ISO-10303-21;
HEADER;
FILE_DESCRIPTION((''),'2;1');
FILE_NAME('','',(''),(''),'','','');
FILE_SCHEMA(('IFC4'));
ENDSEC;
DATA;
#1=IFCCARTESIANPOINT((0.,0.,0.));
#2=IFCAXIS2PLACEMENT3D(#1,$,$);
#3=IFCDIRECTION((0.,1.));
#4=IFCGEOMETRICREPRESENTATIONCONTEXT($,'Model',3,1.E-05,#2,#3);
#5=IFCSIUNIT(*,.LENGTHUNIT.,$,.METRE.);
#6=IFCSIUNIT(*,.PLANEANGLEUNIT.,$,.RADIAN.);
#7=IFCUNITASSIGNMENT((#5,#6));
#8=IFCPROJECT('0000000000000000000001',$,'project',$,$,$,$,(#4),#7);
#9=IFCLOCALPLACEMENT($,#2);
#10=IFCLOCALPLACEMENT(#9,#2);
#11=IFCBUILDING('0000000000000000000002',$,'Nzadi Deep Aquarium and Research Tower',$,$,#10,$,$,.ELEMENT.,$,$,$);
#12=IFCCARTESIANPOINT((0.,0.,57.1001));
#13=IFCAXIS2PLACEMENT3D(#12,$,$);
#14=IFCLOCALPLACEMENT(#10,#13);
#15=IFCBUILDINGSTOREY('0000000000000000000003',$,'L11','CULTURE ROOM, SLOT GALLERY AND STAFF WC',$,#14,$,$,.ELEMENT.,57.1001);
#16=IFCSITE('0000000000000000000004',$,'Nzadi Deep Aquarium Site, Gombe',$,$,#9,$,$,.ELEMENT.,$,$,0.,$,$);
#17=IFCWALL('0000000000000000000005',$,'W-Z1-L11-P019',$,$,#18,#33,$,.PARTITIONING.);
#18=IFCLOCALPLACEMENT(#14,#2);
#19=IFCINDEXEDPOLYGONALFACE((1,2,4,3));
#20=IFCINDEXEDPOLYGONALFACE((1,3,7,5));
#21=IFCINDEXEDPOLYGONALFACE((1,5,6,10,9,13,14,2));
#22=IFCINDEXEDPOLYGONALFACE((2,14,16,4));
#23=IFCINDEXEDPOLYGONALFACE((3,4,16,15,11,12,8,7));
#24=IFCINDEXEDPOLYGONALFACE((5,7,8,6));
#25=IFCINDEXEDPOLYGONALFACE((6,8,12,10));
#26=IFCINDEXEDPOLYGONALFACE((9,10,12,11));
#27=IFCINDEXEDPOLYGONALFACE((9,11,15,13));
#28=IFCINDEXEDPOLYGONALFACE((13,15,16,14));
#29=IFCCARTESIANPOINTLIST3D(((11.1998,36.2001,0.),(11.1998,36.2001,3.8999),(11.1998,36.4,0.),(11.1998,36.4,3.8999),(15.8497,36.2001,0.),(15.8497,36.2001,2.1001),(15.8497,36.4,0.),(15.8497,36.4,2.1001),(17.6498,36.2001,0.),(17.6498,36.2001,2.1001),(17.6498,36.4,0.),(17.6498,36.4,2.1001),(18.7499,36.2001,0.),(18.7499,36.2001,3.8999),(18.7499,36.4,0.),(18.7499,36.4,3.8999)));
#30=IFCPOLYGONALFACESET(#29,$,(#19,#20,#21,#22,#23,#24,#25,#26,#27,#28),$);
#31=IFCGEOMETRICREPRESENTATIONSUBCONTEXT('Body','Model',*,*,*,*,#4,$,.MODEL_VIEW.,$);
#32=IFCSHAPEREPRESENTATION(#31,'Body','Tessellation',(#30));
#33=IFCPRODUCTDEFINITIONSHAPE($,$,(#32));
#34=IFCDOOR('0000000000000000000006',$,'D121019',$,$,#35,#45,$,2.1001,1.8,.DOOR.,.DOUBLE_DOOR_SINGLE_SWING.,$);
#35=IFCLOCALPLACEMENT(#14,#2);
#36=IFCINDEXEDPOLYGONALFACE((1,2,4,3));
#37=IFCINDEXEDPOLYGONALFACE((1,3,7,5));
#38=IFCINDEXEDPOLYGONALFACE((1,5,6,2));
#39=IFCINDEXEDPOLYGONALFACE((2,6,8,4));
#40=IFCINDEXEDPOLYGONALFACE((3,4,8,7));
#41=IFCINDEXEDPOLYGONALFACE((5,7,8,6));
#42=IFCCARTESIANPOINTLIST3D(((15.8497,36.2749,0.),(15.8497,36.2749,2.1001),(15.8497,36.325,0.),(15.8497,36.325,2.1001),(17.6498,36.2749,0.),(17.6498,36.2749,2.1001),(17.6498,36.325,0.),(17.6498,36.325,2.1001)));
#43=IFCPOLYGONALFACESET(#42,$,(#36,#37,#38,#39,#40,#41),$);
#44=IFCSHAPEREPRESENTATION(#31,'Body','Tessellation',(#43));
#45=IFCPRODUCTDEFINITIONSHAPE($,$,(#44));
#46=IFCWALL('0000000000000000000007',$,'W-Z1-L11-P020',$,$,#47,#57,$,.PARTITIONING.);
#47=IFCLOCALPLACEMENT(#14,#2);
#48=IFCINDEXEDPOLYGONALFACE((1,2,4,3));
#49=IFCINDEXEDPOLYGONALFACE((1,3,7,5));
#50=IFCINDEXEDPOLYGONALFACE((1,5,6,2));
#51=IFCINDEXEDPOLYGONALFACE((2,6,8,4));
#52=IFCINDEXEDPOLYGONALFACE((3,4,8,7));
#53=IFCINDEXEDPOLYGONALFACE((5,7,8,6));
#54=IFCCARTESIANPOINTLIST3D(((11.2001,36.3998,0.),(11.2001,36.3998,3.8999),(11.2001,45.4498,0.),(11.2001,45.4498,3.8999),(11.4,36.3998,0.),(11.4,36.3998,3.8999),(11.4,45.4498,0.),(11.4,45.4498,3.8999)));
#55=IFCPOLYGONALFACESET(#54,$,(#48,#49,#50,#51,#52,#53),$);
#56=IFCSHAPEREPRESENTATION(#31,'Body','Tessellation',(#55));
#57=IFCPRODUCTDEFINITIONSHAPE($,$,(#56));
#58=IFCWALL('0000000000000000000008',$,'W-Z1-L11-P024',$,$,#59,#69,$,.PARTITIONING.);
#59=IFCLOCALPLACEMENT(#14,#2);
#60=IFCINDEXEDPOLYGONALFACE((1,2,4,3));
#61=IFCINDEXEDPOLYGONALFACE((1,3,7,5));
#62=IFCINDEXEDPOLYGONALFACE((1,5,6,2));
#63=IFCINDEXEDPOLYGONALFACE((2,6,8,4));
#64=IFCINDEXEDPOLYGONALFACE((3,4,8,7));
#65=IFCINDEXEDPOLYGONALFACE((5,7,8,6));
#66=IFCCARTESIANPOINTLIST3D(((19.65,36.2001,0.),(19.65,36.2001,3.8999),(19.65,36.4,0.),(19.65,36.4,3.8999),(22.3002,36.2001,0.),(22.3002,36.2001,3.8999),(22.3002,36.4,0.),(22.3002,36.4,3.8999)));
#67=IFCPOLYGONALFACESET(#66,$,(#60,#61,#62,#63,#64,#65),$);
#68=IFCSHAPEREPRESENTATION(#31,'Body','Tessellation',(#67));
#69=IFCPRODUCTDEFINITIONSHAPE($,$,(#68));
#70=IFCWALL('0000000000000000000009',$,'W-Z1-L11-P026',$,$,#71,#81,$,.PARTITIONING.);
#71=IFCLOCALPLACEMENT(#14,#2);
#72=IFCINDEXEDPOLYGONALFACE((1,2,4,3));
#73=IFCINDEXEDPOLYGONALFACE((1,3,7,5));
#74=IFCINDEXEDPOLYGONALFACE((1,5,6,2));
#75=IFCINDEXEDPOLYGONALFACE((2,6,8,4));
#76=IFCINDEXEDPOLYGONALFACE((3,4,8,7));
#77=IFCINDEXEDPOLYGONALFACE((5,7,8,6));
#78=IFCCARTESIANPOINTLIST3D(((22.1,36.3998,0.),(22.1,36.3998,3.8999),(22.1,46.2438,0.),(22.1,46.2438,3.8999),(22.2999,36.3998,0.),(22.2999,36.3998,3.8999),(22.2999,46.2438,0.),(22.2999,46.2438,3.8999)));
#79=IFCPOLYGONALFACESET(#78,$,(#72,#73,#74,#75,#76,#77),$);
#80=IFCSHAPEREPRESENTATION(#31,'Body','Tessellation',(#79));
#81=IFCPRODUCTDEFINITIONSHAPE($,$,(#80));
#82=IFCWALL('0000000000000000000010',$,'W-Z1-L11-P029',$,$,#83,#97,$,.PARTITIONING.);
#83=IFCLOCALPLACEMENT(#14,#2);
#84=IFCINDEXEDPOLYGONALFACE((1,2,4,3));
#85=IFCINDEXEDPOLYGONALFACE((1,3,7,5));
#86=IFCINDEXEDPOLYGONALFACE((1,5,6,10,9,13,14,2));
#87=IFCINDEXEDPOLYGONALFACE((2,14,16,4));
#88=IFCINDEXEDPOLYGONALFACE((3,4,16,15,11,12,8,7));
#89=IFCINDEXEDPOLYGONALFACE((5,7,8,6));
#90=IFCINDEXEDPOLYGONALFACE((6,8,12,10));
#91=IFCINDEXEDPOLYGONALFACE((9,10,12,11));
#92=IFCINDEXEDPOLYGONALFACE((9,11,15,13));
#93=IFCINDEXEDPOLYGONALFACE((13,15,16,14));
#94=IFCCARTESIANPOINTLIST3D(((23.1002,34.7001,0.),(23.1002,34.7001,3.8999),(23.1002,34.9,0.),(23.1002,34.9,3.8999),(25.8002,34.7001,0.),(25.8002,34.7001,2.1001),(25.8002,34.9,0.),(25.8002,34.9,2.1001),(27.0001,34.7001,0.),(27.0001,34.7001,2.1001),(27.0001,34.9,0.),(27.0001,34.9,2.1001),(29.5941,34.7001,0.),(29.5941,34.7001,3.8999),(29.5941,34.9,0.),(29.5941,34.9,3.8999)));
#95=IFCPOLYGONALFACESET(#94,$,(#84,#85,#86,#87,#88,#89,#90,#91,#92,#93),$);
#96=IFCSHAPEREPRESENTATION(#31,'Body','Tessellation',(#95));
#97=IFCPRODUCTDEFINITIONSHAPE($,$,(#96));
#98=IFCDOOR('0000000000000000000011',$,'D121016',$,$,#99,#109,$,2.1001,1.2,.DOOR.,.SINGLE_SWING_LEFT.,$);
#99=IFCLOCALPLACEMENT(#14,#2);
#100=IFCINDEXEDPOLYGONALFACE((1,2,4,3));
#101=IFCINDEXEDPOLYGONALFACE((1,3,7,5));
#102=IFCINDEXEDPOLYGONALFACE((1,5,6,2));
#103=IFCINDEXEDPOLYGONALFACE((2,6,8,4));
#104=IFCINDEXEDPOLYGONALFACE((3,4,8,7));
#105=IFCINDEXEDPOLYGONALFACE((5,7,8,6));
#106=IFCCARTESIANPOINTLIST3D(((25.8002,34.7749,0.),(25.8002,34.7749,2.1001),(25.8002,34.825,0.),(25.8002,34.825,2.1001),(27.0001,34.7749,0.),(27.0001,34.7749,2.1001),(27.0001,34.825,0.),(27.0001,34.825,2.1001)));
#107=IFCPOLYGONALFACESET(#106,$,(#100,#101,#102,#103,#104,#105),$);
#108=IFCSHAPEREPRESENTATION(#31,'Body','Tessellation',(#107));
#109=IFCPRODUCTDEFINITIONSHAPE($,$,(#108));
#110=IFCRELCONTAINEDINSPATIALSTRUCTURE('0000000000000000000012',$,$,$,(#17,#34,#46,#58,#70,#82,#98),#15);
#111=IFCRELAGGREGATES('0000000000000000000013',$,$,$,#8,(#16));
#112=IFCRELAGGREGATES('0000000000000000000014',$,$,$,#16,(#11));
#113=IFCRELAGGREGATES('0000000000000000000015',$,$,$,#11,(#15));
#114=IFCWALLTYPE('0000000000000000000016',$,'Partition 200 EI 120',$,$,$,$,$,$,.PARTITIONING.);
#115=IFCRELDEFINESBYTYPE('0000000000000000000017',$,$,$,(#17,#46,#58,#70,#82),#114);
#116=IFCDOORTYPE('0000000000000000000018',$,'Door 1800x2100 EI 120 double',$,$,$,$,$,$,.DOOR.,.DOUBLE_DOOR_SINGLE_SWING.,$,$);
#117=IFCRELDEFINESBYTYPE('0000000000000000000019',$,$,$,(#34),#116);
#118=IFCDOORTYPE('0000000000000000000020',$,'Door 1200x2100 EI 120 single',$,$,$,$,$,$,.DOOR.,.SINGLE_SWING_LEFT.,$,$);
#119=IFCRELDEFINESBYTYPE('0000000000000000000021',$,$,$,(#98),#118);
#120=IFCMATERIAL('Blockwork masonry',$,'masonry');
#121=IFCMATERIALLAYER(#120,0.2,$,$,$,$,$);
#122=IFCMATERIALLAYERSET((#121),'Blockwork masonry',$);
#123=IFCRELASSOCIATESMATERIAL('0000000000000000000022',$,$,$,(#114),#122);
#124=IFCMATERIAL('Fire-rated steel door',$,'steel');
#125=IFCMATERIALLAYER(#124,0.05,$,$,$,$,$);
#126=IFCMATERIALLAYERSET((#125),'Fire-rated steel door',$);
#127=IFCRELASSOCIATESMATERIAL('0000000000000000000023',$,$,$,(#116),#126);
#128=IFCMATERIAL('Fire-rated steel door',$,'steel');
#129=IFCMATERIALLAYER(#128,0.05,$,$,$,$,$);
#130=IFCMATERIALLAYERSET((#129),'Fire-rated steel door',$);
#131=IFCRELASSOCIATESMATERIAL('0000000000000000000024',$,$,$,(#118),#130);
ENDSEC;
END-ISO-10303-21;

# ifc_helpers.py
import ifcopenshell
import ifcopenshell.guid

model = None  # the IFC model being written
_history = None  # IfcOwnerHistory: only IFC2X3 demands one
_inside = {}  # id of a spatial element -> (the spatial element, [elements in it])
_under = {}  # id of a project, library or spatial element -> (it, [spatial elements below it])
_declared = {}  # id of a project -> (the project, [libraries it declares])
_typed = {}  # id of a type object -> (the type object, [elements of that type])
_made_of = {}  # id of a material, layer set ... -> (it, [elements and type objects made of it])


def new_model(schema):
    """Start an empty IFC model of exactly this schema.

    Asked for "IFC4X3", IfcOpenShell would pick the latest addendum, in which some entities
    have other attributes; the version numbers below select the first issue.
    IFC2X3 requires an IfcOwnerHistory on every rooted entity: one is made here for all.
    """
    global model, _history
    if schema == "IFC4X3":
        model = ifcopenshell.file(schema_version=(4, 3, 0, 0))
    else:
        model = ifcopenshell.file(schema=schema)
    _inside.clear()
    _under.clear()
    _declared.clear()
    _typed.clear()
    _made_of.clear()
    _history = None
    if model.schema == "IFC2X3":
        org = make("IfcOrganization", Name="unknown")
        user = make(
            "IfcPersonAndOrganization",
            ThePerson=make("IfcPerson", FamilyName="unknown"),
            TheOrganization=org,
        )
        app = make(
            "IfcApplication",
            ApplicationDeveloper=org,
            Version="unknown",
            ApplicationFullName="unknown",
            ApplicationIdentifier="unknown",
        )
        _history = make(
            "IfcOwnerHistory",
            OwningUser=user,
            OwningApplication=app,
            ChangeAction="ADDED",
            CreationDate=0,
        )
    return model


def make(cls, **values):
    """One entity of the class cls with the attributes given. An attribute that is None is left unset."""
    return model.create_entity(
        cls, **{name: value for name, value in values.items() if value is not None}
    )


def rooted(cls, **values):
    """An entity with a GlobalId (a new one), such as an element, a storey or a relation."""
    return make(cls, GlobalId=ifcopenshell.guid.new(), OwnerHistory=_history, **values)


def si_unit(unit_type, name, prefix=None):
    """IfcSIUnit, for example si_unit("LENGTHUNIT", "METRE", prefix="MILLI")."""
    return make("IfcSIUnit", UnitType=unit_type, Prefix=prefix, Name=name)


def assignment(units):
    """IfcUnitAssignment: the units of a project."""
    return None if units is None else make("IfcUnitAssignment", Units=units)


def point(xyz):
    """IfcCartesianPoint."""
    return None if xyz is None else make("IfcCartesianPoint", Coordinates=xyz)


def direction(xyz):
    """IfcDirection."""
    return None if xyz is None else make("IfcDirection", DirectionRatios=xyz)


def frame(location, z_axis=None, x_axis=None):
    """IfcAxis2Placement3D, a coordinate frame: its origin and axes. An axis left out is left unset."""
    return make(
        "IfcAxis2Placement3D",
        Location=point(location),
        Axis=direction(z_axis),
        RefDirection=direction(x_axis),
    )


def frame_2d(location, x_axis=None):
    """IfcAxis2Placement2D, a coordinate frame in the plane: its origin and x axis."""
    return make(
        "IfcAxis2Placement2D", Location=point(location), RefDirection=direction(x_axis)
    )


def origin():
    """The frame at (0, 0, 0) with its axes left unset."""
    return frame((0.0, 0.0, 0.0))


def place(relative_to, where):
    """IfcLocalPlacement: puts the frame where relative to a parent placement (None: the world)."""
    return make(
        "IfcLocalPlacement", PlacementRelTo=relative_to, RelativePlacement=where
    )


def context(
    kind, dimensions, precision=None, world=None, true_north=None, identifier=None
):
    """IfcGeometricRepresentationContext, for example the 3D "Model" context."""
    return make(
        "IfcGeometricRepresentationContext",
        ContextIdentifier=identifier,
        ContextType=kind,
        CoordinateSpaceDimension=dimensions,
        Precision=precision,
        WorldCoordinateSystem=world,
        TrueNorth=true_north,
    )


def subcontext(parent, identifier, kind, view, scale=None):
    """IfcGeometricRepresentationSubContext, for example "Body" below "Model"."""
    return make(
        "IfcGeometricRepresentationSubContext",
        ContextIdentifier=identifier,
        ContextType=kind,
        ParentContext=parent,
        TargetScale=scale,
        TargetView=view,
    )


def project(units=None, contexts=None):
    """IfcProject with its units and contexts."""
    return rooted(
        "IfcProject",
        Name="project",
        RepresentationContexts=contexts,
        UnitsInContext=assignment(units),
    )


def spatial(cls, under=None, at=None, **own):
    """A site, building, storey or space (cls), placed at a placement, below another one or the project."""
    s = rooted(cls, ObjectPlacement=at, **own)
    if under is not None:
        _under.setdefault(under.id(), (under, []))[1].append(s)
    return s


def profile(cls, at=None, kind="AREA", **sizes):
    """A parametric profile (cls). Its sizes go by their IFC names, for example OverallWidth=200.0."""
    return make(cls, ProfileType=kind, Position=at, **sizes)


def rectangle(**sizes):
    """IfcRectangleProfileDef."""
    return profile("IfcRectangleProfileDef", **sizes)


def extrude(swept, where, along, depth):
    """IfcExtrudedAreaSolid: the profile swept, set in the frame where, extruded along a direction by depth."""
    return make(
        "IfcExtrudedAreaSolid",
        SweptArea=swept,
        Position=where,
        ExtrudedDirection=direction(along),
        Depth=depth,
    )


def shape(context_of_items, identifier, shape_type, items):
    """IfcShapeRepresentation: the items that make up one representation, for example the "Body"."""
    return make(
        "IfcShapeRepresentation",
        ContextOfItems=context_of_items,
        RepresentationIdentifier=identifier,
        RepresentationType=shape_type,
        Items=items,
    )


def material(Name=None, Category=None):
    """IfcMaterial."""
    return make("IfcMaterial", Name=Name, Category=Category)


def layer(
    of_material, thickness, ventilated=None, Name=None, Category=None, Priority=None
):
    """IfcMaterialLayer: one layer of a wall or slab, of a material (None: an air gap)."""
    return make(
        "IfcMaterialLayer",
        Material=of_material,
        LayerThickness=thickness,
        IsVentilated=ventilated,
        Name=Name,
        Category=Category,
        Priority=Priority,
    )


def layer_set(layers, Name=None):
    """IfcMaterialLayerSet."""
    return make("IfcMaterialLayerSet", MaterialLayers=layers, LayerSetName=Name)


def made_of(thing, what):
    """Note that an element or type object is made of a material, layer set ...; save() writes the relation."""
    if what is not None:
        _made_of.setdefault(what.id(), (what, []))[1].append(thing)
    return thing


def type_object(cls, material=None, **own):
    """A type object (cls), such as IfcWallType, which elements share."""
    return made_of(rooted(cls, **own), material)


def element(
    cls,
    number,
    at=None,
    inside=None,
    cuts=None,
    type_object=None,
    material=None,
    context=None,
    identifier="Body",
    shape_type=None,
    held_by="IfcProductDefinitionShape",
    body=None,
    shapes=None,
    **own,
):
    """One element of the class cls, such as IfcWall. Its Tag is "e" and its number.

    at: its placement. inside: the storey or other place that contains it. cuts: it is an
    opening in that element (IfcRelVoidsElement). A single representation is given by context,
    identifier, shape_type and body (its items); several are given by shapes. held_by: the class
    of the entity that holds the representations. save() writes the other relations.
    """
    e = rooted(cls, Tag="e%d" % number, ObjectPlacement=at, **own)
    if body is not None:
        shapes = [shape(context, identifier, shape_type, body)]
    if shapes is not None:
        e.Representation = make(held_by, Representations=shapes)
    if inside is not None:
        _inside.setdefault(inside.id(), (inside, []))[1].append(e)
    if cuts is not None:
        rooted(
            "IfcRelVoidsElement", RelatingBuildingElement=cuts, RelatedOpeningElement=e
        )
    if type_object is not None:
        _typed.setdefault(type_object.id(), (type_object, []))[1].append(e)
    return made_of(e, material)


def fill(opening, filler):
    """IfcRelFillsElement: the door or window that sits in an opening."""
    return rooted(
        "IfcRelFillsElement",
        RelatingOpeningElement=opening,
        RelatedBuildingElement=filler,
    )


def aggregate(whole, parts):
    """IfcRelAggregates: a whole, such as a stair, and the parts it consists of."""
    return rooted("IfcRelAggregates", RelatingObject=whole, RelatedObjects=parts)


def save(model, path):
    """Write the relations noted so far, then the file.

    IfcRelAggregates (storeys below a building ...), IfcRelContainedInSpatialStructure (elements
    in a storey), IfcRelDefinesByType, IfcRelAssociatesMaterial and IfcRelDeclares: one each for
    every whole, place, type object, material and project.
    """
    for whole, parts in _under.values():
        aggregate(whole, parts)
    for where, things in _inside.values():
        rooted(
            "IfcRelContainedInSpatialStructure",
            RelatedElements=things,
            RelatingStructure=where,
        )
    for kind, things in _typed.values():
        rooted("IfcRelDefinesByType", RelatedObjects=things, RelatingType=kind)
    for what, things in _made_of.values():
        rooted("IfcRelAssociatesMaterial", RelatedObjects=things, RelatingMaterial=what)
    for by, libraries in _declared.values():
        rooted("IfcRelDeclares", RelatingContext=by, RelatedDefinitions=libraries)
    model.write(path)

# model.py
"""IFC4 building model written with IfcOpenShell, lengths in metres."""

from ifc_helpers import new_model, si_unit, direction, frame, frame_2d, origin, place, context, subcontext, project, spatial, rectangle, extrude, material, layer, layer_set, type_object, element, fill, save


model = new_model("IFC4")

# Units and contexts
model_context = context("Model", 3, precision=1e-05, world=origin(), true_north=direction((0.0, 1.0)))
body_context = subcontext(model_context, "Body", "Model", "MODEL_VIEW")
ifc_project = project(units=[si_unit("LENGTHUNIT", "METRE"), si_unit("PLANEANGLEUNIT", "RADIAN")], contexts=[model_context])

# Site, building, storey
site_placement = place(None, origin())
site = spatial("IfcSite", under=ifc_project, at=site_placement, Name="Nzadi Deep Aquarium Site, Gombe", CompositionType="ELEMENT", RefElevation=0.0)
building_placement = place(site_placement, origin())
building = spatial("IfcBuilding", under=site, at=building_placement, Name="Nzadi Deep Aquarium and Research Tower", CompositionType="ELEMENT")
storey_placement = place(building_placement, frame((0.0, 0.0, 57.1001)))
storey = spatial("IfcBuildingStorey", under=building, at=storey_placement, Name="L11", Description="CULTURE ROOM, SLOT GALLERY AND STAFF WC", CompositionType="ELEMENT", Elevation=57.1001)

# Shared definitions
ifc_material_1 = material(Name="Blockwork masonry", Category="masonry")
ifc_layer_1 = layer(ifc_material_1, 0.2)
ifc_layer_set_1 = layer_set([ifc_layer_1], Name="Blockwork masonry")
wall_type = type_object("IfcWallType", Name="Partition 200 EI 120", PredefinedType="PARTITIONING", material=ifc_layer_set_1)

# Wall, opening, door
wall_1_placement = place(storey_placement, frame((11.2, 36.3, 0.0), z_axis=(0.0, 0.0, 1.0), x_axis=(1.0, 0.0, 0.0)))
wall_1 = element("IfcWall", 1, at=wall_1_placement, inside=storey, type_object=wall_type, Name="W-Z1-L11-P019", PredefinedType="PARTITIONING", context=body_context, shape_type="SweptSolid", body=[
    extrude(rectangle(XDim=7.55, YDim=0.2, at=frame_2d((3.7749, 0.0))), origin(), (0.0, 0.0, 1.0), 3.8999),
])
opening_1_placement = place(wall_1_placement, frame((4.6499, 0.0, 0.0)))
opening_1 = element("IfcOpeningElement", 2, at=opening_1_placement, cuts=wall_1, PredefinedType="OPENING", context=body_context, shape_type="SweptSolid", body=[
    extrude(rectangle(XDim=1.8, YDim=2.1001, at=frame_2d((0.8999, 1.05))), frame((0.0, 0.1101, 0.0), z_axis=(0.0, -1.0, 0.0), x_axis=(1.0, 0.0, 0.0)), (0.0, 0.0, 1.0), 0.2202),
])
ifc_material_2 = material(Name="Fire-rated steel door", Category="steel")
ifc_layer_2 = layer(ifc_material_2, 0.05)
ifc_layer_set_2 = layer_set([ifc_layer_2], Name="Fire-rated steel door")
door_type_1 = type_object("IfcDoorType", Name="Door 1800x2100 EI 120 double", OperationType="DOUBLE_DOOR_SINGLE_SWING", PredefinedType="DOOR", material=ifc_layer_set_2)
door_1_placement = place(opening_1_placement, origin())
door_1 = element("IfcDoor", 3, at=door_1_placement, inside=storey, type_object=door_type_1, Name="D121019", OperationType="DOUBLE_DOOR_SINGLE_SWING", OverallHeight=2.1001, OverallWidth=1.8, PredefinedType="DOOR", context=body_context, shape_type="SweptSolid", body=[
    extrude(rectangle(XDim=1.8, YDim=2.1001, at=frame_2d((0.8999, 1.05))), frame((0.0, 0.0249, 0.0), z_axis=(0.0, -1.0, 0.0), x_axis=(1.0, 0.0, 0.0)), (0.0, 0.0, 1.0), 0.05),
])
fill(opening_1, door_1)

# Walls
wall_2_placement = place(storey_placement, frame((11.3, 36.3999, 0.0), z_axis=(0.0, 0.0, 1.0), x_axis=(0.0, 1.0, 0.0)))
element("IfcWall", 4, at=wall_2_placement, inside=storey, type_object=wall_type, Name="W-Z1-L11-P020", PredefinedType="PARTITIONING", context=body_context, shape_type="SweptSolid", body=[
    extrude(rectangle(XDim=9.05, YDim=0.2, at=frame_2d((4.5249, 0.0))), origin(), (0.0, 0.0, 1.0), 3.8999),
])
wall_3_placement = place(storey_placement, frame((19.6499, 36.3, 0.0), z_axis=(0.0, 0.0, 1.0), x_axis=(1.0, 0.0, 0.0)))
element("IfcWall", 5, at=wall_3_placement, inside=storey, type_object=wall_type, Name="W-Z1-L11-P024", PredefinedType="PARTITIONING", context=body_context, shape_type="SweptSolid", body=[
    extrude(rectangle(XDim=2.6501, YDim=0.2, at=frame_2d((1.3252, 0.0))), origin(), (0.0, 0.0, 1.0), 3.8999),
])
wall_4_placement = place(storey_placement, frame((22.2, 36.3999, 0.0), z_axis=(0.0, 0.0, 1.0), x_axis=(0.0, 1.0, 0.0)))
element("IfcWall", 6, at=wall_4_placement, inside=storey, type_object=wall_type, Name="W-Z1-L11-P026", PredefinedType="PARTITIONING", context=body_context, shape_type="SweptSolid", body=[
    extrude(rectangle(XDim=9.844, YDim=0.2, at=frame_2d((4.9219, 0.0))), origin(), (0.0, 0.0, 1.0), 3.8999),
])

# Wall, opening, door
wall_5_placement = place(storey_placement, frame((23.1001, 34.8, 0.0), z_axis=(0.0, 0.0, 1.0), x_axis=(1.0, 0.0, 0.0)))
wall_5 = element("IfcWall", 7, at=wall_5_placement, inside=storey, type_object=wall_type, Name="W-Z1-L11-P029", PredefinedType="PARTITIONING", context=body_context, shape_type="SweptSolid", body=[
    extrude(rectangle(XDim=6.4939, YDim=0.2, at=frame_2d((3.2471, 0.0))), origin(), (0.0, 0.0, 1.0), 3.8999),
])
opening_2_placement = place(wall_5_placement, frame((2.7, 0.0, 0.0)))
opening_2 = element("IfcOpeningElement", 8, at=opening_2_placement, cuts=wall_5, PredefinedType="OPENING", context=body_context, shape_type="SweptSolid", body=[
    extrude(rectangle(XDim=1.2, YDim=2.1001, at=frame_2d((0.6001, 1.05))), frame((0.0, 0.1101, 0.0), z_axis=(0.0, -1.0, 0.0), x_axis=(1.0, 0.0, 0.0)), (0.0, 0.0, 1.0), 0.2202),
])
ifc_material_3 = material(Name="Fire-rated steel door", Category="steel")
ifc_layer_3 = layer(ifc_material_3, 0.05)
ifc_layer_set_3 = layer_set([ifc_layer_3], Name="Fire-rated steel door")
door_type_2 = type_object("IfcDoorType", Name="Door 1200x2100 EI 120 single", OperationType="SINGLE_SWING_LEFT", PredefinedType="DOOR", material=ifc_layer_set_3)
door_2_placement = place(opening_2_placement, origin())
door_2 = element("IfcDoor", 9, at=door_2_placement, inside=storey, type_object=door_type_2, Name="D121016", OperationType="SINGLE_SWING_LEFT", OverallHeight=2.1001, OverallWidth=1.2, PredefinedType="DOOR", context=body_context, shape_type="SweptSolid", body=[
    extrude(rectangle(XDim=1.2, YDim=2.1001, at=frame_2d((0.6001, 1.05))), frame((0.0, 0.0249, 0.0), z_axis=(0.0, -1.0, 0.0), x_axis=(1.0, 0.0, 0.0)), (0.0, 0.0, 1.0), 0.05),
])
fill(opening_2, door_2)

save(model, "model.ifc")
